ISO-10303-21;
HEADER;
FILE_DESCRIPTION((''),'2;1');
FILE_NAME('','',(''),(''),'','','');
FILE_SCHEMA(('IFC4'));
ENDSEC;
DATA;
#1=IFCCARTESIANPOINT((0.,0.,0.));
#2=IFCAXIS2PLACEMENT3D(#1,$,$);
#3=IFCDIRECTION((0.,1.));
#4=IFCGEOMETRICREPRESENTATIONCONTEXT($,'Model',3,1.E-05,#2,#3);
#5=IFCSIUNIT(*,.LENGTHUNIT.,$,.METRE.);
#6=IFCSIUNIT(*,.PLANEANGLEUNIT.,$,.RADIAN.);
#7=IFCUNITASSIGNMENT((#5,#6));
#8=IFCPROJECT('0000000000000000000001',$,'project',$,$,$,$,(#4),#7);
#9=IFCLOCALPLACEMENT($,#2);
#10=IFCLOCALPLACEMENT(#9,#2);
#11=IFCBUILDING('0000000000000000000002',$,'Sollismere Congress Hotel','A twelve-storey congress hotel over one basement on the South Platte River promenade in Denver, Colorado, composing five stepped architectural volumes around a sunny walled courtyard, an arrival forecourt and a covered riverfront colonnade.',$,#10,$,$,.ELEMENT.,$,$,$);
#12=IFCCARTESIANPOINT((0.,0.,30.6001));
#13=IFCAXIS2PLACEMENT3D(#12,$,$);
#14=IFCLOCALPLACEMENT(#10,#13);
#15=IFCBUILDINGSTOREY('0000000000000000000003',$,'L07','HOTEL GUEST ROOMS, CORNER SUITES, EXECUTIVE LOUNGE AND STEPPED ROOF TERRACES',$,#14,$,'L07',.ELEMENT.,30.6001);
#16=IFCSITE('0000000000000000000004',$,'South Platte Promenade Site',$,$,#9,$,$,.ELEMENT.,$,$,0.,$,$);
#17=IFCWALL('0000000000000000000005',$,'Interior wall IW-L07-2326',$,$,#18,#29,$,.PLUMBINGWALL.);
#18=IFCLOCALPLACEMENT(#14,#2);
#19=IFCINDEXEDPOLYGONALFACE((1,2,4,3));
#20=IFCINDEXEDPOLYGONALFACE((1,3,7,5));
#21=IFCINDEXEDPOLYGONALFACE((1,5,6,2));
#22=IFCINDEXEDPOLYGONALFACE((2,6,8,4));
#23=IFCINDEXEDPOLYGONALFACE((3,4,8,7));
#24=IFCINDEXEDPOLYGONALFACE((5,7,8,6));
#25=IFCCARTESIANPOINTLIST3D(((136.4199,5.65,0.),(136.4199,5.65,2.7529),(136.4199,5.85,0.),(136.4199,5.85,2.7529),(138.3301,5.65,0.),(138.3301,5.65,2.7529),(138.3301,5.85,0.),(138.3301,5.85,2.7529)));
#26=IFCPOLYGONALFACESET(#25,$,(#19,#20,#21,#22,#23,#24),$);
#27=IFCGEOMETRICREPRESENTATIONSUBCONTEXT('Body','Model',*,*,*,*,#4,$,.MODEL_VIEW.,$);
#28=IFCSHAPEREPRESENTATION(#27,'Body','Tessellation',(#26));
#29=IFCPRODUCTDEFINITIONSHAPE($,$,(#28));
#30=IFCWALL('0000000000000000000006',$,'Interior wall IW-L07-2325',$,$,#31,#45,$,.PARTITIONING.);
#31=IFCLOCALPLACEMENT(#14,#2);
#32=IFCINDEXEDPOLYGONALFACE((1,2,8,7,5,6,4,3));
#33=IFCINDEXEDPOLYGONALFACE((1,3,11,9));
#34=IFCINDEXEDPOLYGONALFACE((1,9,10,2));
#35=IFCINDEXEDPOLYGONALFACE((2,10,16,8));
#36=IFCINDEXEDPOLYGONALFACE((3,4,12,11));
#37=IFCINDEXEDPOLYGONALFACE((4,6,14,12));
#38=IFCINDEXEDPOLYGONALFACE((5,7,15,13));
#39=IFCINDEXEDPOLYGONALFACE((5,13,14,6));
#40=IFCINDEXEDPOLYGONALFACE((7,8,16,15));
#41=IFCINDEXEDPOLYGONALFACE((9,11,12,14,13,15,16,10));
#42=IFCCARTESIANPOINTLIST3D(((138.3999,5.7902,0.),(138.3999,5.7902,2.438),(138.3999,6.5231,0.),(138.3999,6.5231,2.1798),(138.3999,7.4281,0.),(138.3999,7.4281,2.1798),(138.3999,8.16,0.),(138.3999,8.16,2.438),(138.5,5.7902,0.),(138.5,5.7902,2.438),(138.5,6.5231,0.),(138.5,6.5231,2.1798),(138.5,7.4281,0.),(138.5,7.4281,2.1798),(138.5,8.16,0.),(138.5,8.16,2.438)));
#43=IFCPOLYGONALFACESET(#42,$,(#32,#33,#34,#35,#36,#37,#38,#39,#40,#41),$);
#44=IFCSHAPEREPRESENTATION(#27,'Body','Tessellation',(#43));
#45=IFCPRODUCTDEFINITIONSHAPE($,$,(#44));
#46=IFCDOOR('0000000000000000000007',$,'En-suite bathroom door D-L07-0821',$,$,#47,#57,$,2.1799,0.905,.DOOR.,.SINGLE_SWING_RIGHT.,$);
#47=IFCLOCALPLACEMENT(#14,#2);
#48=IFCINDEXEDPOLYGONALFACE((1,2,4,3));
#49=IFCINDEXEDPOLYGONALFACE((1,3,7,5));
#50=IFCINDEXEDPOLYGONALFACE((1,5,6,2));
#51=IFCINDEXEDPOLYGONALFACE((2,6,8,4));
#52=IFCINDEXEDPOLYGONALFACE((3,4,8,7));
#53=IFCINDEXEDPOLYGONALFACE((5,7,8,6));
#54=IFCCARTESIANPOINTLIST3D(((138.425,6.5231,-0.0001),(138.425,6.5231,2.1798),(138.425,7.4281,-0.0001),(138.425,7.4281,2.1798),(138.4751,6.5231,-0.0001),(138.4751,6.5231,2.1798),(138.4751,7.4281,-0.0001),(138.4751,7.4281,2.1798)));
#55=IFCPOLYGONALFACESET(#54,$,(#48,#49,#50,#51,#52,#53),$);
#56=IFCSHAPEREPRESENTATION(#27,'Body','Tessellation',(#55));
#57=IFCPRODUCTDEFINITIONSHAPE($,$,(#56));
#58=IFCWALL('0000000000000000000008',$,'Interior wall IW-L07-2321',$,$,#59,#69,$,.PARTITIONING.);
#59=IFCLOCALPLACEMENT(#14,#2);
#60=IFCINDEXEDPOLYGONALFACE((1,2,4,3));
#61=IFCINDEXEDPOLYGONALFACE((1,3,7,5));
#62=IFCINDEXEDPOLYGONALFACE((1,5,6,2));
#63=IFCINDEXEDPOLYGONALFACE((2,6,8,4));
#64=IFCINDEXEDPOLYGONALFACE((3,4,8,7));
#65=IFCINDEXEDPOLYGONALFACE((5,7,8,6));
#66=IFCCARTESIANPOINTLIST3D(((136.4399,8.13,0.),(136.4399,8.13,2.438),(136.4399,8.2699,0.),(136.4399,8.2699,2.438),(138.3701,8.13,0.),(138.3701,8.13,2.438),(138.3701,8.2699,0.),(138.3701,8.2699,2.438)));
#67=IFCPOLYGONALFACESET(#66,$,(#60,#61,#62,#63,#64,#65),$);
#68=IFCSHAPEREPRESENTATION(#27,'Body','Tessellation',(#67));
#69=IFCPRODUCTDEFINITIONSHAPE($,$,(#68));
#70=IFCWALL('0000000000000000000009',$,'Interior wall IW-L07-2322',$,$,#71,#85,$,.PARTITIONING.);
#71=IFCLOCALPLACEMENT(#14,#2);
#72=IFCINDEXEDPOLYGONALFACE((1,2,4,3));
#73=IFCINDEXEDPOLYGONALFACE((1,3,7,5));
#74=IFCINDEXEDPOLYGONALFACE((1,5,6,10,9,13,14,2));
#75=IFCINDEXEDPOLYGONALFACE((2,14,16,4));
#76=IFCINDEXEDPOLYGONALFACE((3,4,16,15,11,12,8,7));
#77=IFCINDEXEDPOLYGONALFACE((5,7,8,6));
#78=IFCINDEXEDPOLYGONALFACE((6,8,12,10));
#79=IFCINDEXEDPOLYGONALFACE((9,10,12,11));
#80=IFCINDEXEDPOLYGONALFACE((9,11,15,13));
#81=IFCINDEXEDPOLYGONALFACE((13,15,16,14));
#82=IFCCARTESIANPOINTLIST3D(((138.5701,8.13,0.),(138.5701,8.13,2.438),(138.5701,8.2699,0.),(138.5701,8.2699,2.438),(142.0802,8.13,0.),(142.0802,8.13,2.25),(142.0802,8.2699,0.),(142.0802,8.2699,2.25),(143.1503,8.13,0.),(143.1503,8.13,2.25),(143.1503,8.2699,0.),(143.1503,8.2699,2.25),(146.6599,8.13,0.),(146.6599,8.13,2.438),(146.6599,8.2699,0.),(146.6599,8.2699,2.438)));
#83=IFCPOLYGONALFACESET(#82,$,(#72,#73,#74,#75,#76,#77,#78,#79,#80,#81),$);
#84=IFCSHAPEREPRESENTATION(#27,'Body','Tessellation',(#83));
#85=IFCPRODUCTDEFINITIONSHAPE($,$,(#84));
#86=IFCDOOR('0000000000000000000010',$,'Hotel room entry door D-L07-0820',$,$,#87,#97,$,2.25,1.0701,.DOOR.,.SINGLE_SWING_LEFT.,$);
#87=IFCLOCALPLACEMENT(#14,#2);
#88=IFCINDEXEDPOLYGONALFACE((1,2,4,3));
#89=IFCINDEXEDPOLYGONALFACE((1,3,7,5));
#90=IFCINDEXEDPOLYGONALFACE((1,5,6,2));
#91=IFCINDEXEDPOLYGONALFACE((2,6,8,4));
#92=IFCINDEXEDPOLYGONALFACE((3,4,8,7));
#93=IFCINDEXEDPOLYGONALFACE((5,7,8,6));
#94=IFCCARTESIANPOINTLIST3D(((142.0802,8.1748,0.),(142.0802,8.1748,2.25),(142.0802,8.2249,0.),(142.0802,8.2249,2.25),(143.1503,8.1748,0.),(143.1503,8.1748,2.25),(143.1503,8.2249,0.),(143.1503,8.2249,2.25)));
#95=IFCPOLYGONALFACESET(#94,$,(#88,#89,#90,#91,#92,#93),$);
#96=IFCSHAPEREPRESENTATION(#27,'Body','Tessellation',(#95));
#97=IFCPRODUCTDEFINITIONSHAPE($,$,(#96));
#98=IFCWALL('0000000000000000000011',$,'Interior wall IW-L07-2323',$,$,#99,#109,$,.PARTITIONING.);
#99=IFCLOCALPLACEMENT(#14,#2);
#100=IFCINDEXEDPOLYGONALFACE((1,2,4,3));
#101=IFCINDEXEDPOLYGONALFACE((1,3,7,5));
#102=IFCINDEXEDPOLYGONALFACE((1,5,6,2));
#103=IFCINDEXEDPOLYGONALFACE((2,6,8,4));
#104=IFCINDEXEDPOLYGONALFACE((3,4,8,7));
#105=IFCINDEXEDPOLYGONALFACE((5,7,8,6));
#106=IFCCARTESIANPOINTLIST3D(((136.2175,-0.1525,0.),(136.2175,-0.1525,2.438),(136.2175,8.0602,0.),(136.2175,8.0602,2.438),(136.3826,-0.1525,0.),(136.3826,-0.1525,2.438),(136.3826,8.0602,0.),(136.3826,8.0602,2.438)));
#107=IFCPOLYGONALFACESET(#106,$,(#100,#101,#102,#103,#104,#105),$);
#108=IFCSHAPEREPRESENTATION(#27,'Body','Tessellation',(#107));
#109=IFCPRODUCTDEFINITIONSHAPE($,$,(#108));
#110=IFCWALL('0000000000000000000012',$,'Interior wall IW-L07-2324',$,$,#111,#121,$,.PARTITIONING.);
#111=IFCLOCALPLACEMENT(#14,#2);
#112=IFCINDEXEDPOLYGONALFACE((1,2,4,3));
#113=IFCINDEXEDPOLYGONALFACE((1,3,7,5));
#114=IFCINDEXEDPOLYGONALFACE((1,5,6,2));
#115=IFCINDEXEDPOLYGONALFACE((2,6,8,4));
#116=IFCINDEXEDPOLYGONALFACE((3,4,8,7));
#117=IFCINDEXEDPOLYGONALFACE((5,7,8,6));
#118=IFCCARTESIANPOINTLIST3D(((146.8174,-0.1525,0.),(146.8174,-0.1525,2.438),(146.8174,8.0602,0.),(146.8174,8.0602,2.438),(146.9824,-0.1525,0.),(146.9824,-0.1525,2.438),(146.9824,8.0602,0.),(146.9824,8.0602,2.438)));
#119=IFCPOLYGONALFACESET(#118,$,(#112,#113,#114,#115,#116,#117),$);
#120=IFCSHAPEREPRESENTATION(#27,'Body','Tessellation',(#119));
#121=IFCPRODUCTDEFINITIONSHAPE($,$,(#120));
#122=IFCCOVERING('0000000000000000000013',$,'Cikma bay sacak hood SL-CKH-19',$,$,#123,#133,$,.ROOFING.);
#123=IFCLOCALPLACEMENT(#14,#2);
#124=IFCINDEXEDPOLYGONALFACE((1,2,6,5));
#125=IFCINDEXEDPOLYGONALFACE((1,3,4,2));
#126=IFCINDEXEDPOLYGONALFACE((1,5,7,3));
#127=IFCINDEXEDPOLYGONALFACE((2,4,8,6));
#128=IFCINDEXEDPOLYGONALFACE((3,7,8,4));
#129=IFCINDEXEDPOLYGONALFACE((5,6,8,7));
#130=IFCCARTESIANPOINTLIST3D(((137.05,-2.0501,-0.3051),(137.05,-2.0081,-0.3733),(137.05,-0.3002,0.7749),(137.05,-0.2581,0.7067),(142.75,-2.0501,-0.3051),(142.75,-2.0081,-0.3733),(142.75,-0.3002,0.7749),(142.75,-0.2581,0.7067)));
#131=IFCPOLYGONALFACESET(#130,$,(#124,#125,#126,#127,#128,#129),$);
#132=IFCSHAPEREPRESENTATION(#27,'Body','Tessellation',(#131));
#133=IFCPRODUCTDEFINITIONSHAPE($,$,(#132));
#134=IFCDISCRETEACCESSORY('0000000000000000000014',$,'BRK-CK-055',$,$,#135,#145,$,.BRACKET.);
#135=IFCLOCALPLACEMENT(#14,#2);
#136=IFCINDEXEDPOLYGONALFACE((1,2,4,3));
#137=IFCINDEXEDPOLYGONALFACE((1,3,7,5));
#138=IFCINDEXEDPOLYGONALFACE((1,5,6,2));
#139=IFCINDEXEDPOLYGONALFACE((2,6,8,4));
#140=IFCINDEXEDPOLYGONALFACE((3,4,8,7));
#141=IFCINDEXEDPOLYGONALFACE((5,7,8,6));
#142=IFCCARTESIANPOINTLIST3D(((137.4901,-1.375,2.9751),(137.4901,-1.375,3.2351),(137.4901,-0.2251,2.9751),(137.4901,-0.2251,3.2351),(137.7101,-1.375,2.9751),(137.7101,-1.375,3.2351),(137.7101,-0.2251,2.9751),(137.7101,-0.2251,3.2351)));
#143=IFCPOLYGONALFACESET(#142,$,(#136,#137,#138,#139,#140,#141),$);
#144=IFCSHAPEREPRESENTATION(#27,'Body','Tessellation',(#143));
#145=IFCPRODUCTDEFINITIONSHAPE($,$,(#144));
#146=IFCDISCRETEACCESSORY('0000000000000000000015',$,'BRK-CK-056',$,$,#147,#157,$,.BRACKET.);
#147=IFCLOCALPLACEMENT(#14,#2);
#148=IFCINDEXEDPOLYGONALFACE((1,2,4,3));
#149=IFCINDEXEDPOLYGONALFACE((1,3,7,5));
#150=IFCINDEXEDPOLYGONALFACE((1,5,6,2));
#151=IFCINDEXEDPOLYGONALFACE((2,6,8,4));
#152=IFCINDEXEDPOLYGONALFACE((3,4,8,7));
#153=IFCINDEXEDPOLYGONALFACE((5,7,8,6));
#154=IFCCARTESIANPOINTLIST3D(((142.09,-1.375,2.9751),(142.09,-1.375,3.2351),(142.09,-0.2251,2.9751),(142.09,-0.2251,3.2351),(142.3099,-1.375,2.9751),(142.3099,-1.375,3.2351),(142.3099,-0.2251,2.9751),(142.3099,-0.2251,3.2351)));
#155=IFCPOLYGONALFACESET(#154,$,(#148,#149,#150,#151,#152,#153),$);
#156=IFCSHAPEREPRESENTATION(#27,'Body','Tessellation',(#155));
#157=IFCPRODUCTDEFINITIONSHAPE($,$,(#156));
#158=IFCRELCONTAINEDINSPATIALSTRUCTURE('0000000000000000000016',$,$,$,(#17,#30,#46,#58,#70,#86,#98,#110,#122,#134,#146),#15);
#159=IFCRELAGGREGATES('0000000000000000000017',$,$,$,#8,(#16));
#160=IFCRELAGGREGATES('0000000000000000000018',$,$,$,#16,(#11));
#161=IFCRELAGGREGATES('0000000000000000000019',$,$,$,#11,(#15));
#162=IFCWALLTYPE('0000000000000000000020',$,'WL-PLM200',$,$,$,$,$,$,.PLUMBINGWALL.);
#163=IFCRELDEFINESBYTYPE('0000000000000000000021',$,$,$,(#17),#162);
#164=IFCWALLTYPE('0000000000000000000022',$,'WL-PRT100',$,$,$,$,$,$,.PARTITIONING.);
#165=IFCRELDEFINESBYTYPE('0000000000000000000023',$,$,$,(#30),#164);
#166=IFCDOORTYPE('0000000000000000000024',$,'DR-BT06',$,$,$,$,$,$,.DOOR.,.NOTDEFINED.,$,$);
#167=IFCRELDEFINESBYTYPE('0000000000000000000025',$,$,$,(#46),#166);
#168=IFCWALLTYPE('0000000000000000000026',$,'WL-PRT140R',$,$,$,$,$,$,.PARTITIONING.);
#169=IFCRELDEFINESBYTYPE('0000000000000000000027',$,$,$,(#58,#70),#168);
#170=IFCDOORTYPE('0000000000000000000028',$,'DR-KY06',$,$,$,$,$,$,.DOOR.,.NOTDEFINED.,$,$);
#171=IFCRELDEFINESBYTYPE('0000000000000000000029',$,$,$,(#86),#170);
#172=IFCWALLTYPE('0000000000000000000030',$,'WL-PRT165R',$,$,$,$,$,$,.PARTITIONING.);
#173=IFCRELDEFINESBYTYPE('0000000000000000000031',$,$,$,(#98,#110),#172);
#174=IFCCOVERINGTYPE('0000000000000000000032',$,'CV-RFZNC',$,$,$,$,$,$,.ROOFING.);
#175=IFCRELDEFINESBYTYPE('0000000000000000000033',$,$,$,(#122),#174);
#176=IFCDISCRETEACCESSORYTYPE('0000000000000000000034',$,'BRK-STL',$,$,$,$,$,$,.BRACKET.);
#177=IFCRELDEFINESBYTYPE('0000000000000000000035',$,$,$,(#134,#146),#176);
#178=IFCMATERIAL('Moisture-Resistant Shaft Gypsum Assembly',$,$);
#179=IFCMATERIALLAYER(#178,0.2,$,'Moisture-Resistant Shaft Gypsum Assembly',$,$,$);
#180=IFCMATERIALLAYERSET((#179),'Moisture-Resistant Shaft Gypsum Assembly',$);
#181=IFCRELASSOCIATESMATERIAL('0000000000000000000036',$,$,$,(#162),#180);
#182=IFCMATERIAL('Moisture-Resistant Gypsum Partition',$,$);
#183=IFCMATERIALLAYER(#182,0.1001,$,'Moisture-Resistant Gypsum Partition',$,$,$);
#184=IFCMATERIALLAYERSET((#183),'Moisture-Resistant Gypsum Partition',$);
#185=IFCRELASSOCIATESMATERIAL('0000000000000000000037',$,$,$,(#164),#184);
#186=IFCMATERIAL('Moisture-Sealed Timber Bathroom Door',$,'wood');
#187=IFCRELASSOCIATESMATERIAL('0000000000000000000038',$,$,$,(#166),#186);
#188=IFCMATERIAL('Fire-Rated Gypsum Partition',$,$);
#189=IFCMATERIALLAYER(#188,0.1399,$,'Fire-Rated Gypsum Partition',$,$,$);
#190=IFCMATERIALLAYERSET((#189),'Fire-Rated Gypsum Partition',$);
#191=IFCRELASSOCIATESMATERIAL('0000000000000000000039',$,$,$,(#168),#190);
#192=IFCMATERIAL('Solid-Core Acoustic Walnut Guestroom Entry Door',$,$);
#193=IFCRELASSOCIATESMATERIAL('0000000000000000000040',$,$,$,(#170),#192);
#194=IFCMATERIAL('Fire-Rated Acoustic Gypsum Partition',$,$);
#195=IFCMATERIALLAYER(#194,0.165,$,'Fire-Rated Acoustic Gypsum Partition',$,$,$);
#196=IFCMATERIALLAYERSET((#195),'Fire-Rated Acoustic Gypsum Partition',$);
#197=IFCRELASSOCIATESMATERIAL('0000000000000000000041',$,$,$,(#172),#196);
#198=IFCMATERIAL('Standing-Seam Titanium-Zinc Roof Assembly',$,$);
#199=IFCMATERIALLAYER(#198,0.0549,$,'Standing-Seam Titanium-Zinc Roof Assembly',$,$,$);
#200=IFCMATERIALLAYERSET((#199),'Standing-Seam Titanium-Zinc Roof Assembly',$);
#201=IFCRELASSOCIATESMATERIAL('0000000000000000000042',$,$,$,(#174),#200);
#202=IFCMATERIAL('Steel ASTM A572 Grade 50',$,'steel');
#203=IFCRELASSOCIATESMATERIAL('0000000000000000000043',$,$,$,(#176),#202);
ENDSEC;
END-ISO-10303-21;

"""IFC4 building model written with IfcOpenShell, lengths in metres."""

from ifc_helpers import new_model, si_unit, direction, frame, frame_2d, origin, origin_2d, place, context, subcontext, project, spatial, polyline, rectangle, outline, extrude, material, layer, layer_set, type_object, element, fill, save


model = new_model("IFC4")

# Units and contexts
model_context = context("Model", 3, precision=1e-05, world=origin(), true_north=direction((0.0, 1.0)))
body_context = subcontext(model_context, "Body", "Model", "MODEL_VIEW")
ifc_project = project(units=[si_unit("LENGTHUNIT", "METRE"), si_unit("PLANEANGLEUNIT", "RADIAN")], contexts=[model_context])

# Site, building, storey
site_placement = place(None, origin())
site = spatial("IfcSite", under=ifc_project, at=site_placement, Name="South Platte Promenade Site", CompositionType="ELEMENT", RefElevation=0.0)
building_placement = place(site_placement, origin())
building = spatial("IfcBuilding", under=site, at=building_placement, Name="Sollismere Congress Hotel", Description="A twelve-storey congress hotel over one basement on the South Platte River promenade in Denver, Colorado, composing five stepped architectural volumes around a sunny walled courtyard, an arrival forecourt and a covered riverfront colonnade.", CompositionType="ELEMENT")
storey_placement = place(building_placement, frame((0.0, 0.0, 30.6001)))
storey = spatial("IfcBuildingStorey", under=building, at=storey_placement, Name="L07", Description="HOTEL GUEST ROOMS, CORNER SUITES, EXECUTIVE LOUNGE AND STEPPED ROOF TERRACES", LongName="L07", CompositionType="ELEMENT", Elevation=30.6001)

# Wall
ifc_material_1 = material(Name="Moisture-Resistant Shaft Gypsum Assembly")
ifc_layer_1 = layer(ifc_material_1, 0.2, Name="Moisture-Resistant Shaft Gypsum Assembly")
ifc_layer_set_1 = layer_set([ifc_layer_1], Name="Moisture-Resistant Shaft Gypsum Assembly")
wall_type_1 = type_object("IfcWallType", Name="WL-PLM200", PredefinedType="PLUMBINGWALL", material=ifc_layer_set_1)
wall_1_placement = place(storey_placement, frame((136.4199, 5.75, 0.0), z_axis=(0.0, 0.0, 1.0), x_axis=(1.0, 0.0, 0.0)))
element("IfcWall", 1, at=wall_1_placement, inside=storey, type_object=wall_type_1, Name="Interior wall IW-L07-2326", PredefinedType="PLUMBINGWALL", context=body_context, shape_type="SweptSolid", body=[
    extrude(rectangle(XDim=1.9102, YDim=0.2, at=frame_2d((0.9551, 0.0))), origin(), (0.0, 0.0, 1.0), 2.7529),
])

# Wall, opening, door
ifc_material_2 = material(Name="Moisture-Resistant Gypsum Partition")
ifc_layer_2 = layer(ifc_material_2, 0.1001, Name="Moisture-Resistant Gypsum Partition")
ifc_layer_set_2 = layer_set([ifc_layer_2], Name="Moisture-Resistant Gypsum Partition")
wall_type_2 = type_object("IfcWallType", Name="WL-PRT100", PredefinedType="PARTITIONING", material=ifc_layer_set_2)
wall_2_placement = place(storey_placement, frame((138.45, 5.79, 0.0), z_axis=(0.0, 0.0, 1.0), x_axis=(0.0, 1.0, 0.0)))
wall_2 = element("IfcWall", 2, at=wall_2_placement, inside=storey, type_object=wall_type_2, Name="Interior wall IW-L07-2325", PredefinedType="PARTITIONING", context=body_context, shape_type="SweptSolid", body=[
    extrude(rectangle(XDim=2.3699, YDim=0.1001, at=frame_2d((1.1851, 0.0))), origin(), (0.0, 0.0, 1.0), 2.438),
])
opening_1_placement = place(wall_2_placement, frame((0.7329, 0.0, 0.0)))
opening_1 = element("IfcOpeningElement", 3, at=opening_1_placement, cuts=wall_2, PredefinedType="OPENING", context=body_context, shape_type="SweptSolid", body=[
    extrude(rectangle(XDim=0.905, YDim=2.1799, at=frame_2d((0.4526, 1.0898))), frame((0.0, 0.0601, 0.0), z_axis=(0.0, -1.0, 0.0), x_axis=(1.0, 0.0, 0.0)), (0.0, 0.0, 1.0), 0.1201),
])
ifc_material_3 = material(Name="Moisture-Sealed Timber Bathroom Door", Category="wood")
door_type_1 = type_object("IfcDoorType", Name="DR-BT06", OperationType="NOTDEFINED", PredefinedType="DOOR", material=ifc_material_3)
door_1_placement = place(opening_1_placement, origin())
door_1 = element("IfcDoor", 4, at=door_1_placement, inside=storey, type_object=door_type_1, Name="En-suite bathroom door D-L07-0821", OperationType="SINGLE_SWING_RIGHT", OverallHeight=2.1799, OverallWidth=0.905, PredefinedType="DOOR", context=body_context, shape_type="SweptSolid", body=[
    extrude(rectangle(XDim=0.905, YDim=2.1799, at=frame_2d((0.4526, 1.0898))), frame((0.0, 0.0249, 0.0), z_axis=(0.0, -1.0, 0.0), x_axis=(1.0, 0.0, 0.0)), (0.0, 0.0, 1.0), 0.05),
])
fill(opening_1, door_1)

# Wall
ifc_material_4 = material(Name="Fire-Rated Gypsum Partition")
ifc_layer_3 = layer(ifc_material_4, 0.1399, Name="Fire-Rated Gypsum Partition")
ifc_layer_set_3 = layer_set([ifc_layer_3], Name="Fire-Rated Gypsum Partition")
wall_type_3 = type_object("IfcWallType", Name="WL-PRT140R", PredefinedType="PARTITIONING", material=ifc_layer_set_3)
wall_3_placement = place(storey_placement, frame((136.4399, 8.2, 0.0), z_axis=(0.0, 0.0, 1.0), x_axis=(1.0, 0.0, 0.0)))
element("IfcWall", 5, at=wall_3_placement, inside=storey, type_object=wall_type_3, Name="Interior wall IW-L07-2321", PredefinedType="PARTITIONING", context=body_context, shape_type="SweptSolid", body=[
    extrude(rectangle(XDim=1.9302, YDim=0.1399, at=frame_2d((0.9651, 0.0))), origin(), (0.0, 0.0, 1.0), 2.438),
])

# Wall, opening, door
wall_4_placement = place(storey_placement, frame((138.5701, 8.2, 0.0), z_axis=(0.0, 0.0, 1.0), x_axis=(1.0, 0.0, 0.0)))
wall_4 = element("IfcWall", 6, at=wall_4_placement, inside=storey, type_object=wall_type_3, Name="Interior wall IW-L07-2322", PredefinedType="PARTITIONING", context=body_context, shape_type="SweptSolid", body=[
    extrude(rectangle(XDim=8.0898, YDim=0.1399, at=frame_2d((4.0449, 0.0))), origin(), (0.0, 0.0, 1.0), 2.438),
])
opening_2_placement = place(wall_4_placement, frame((3.51, 0.0, 0.0)))
opening_2 = element("IfcOpeningElement", 7, at=opening_2_placement, cuts=wall_4, PredefinedType="OPENING", context=body_context, shape_type="SweptSolid", body=[
    extrude(rectangle(XDim=1.0701, YDim=2.25, at=frame_2d((0.5352, 1.125))), frame((0.0, 0.0798, 0.0), z_axis=(0.0, -1.0, 0.0), x_axis=(1.0, 0.0, 0.0)), (0.0, 0.0, 1.0), 0.1599),
])
ifc_material_5 = material(Name="Solid-Core Acoustic Walnut Guestroom Entry Door")
door_type_2 = type_object("IfcDoorType", Name="DR-KY06", OperationType="NOTDEFINED", PredefinedType="DOOR", material=ifc_material_5)
door_2_placement = place(opening_2_placement, origin())
door_2 = element("IfcDoor", 8, at=door_2_placement, inside=storey, type_object=door_type_2, Name="Hotel room entry door D-L07-0820", OperationType="SINGLE_SWING_LEFT", OverallHeight=2.25, OverallWidth=1.0701, PredefinedType="DOOR", context=body_context, shape_type="SweptSolid", body=[
    extrude(rectangle(XDim=1.0701, YDim=2.25, at=frame_2d((0.5352, 1.125))), frame((0.0, 0.0249, 0.0), z_axis=(0.0, -1.0, 0.0), x_axis=(1.0, 0.0, 0.0)), (0.0, 0.0, 1.0), 0.05),
])
fill(opening_2, door_2)

# Walls
ifc_material_6 = material(Name="Fire-Rated Acoustic Gypsum Partition")
ifc_layer_4 = layer(ifc_material_6, 0.165, Name="Fire-Rated Acoustic Gypsum Partition")
ifc_layer_set_4 = layer_set([ifc_layer_4], Name="Fire-Rated Acoustic Gypsum Partition")
wall_type_4 = type_object("IfcWallType", Name="WL-PRT165R", PredefinedType="PARTITIONING", material=ifc_layer_set_4)
for number, where, z_axis, x_axis, name in (
    (9, (136.3, -0.1526, 0.0), (0.0, 0.0, 1.0), (0.0, 1.0, 0.0), "Interior wall IW-L07-2323"),
    (10, (146.8999, -0.1526, 0.0), (0.0, 0.0, 1.0), (0.0, 1.0, 0.0), "Interior wall IW-L07-2324"),
):
    element("IfcWall", number, at=place(storey_placement, frame(where, z_axis=z_axis, x_axis=x_axis)), inside=storey, type_object=wall_type_4, Name=name, PredefinedType="PARTITIONING", context=body_context, shape_type="SweptSolid", body=[
        extrude(rectangle(XDim=8.2126, YDim=0.165, at=frame_2d((4.1064, 0.0))), origin(), (0.0, 0.0, 1.0), 2.438),
    ])

# Covering
ifc_material_7 = material(Name="Standing-Seam Titanium-Zinc Roof Assembly")
ifc_layer_5 = layer(ifc_material_7, 0.0549, Name="Standing-Seam Titanium-Zinc Roof Assembly")
ifc_layer_set_5 = layer_set([ifc_layer_5], Name="Standing-Seam Titanium-Zinc Roof Assembly")
covering_type = type_object("IfcCoveringType", Name="CV-RFZNC", PredefinedType="ROOFING", material=ifc_layer_set_5)
covering_placement = place(storey_placement, frame((137.05, -2.0081, -0.3733), z_axis=(0.0, -0.52521, 0.850973), x_axis=(1.0, 0.0, 0.0)))
element("IfcCovering", 11, at=covering_placement, inside=storey, type_object=covering_type, Name="Cikma bay sacak hood SL-CKH-19", PredefinedType="ROOFING", context=body_context, shape_type="SweptSolid", body=[
    extrude(outline(polyline([(0.0, 0.0), (5.7, 0.0), (5.7, 2.0564), (0.0, 2.0564), (0.0, 0.0)])), origin(), (0.0, 0.0, 1.0), 0.0801),
])

# Discrete accessories
ifc_material_8 = material(Name="Steel ASTM A572 Grade 50", Category="steel")
discrete_accessory_type = type_object("IfcDiscreteAccessoryType", Name="BRK-STL", PredefinedType="BRACKET", material=ifc_material_8)
for number, where, z_axis, x_axis, name in (
    (12, (137.6001, -0.8, 2.9751), (0.0, 0.0, 1.0), (1.0, 0.0, 0.0), "BRK-CK-055"),
    (13, (142.2, -0.8, 2.9751), (0.0, 0.0, 1.0), (1.0, 0.0, 0.0), "BRK-CK-056"),
):
    element("IfcDiscreteAccessory", number, at=place(storey_placement, frame(where, z_axis=z_axis, x_axis=x_axis)), inside=storey, type_object=discrete_accessory_type, Name=name, PredefinedType="BRACKET", context=body_context, shape_type="SweptSolid", body=[
        extrude(rectangle(XDim=0.22, YDim=1.1499, at=origin_2d()), origin(), (0.0, 0.0, 1.0), 0.26),
    ])

save(model, "model.ifc")
